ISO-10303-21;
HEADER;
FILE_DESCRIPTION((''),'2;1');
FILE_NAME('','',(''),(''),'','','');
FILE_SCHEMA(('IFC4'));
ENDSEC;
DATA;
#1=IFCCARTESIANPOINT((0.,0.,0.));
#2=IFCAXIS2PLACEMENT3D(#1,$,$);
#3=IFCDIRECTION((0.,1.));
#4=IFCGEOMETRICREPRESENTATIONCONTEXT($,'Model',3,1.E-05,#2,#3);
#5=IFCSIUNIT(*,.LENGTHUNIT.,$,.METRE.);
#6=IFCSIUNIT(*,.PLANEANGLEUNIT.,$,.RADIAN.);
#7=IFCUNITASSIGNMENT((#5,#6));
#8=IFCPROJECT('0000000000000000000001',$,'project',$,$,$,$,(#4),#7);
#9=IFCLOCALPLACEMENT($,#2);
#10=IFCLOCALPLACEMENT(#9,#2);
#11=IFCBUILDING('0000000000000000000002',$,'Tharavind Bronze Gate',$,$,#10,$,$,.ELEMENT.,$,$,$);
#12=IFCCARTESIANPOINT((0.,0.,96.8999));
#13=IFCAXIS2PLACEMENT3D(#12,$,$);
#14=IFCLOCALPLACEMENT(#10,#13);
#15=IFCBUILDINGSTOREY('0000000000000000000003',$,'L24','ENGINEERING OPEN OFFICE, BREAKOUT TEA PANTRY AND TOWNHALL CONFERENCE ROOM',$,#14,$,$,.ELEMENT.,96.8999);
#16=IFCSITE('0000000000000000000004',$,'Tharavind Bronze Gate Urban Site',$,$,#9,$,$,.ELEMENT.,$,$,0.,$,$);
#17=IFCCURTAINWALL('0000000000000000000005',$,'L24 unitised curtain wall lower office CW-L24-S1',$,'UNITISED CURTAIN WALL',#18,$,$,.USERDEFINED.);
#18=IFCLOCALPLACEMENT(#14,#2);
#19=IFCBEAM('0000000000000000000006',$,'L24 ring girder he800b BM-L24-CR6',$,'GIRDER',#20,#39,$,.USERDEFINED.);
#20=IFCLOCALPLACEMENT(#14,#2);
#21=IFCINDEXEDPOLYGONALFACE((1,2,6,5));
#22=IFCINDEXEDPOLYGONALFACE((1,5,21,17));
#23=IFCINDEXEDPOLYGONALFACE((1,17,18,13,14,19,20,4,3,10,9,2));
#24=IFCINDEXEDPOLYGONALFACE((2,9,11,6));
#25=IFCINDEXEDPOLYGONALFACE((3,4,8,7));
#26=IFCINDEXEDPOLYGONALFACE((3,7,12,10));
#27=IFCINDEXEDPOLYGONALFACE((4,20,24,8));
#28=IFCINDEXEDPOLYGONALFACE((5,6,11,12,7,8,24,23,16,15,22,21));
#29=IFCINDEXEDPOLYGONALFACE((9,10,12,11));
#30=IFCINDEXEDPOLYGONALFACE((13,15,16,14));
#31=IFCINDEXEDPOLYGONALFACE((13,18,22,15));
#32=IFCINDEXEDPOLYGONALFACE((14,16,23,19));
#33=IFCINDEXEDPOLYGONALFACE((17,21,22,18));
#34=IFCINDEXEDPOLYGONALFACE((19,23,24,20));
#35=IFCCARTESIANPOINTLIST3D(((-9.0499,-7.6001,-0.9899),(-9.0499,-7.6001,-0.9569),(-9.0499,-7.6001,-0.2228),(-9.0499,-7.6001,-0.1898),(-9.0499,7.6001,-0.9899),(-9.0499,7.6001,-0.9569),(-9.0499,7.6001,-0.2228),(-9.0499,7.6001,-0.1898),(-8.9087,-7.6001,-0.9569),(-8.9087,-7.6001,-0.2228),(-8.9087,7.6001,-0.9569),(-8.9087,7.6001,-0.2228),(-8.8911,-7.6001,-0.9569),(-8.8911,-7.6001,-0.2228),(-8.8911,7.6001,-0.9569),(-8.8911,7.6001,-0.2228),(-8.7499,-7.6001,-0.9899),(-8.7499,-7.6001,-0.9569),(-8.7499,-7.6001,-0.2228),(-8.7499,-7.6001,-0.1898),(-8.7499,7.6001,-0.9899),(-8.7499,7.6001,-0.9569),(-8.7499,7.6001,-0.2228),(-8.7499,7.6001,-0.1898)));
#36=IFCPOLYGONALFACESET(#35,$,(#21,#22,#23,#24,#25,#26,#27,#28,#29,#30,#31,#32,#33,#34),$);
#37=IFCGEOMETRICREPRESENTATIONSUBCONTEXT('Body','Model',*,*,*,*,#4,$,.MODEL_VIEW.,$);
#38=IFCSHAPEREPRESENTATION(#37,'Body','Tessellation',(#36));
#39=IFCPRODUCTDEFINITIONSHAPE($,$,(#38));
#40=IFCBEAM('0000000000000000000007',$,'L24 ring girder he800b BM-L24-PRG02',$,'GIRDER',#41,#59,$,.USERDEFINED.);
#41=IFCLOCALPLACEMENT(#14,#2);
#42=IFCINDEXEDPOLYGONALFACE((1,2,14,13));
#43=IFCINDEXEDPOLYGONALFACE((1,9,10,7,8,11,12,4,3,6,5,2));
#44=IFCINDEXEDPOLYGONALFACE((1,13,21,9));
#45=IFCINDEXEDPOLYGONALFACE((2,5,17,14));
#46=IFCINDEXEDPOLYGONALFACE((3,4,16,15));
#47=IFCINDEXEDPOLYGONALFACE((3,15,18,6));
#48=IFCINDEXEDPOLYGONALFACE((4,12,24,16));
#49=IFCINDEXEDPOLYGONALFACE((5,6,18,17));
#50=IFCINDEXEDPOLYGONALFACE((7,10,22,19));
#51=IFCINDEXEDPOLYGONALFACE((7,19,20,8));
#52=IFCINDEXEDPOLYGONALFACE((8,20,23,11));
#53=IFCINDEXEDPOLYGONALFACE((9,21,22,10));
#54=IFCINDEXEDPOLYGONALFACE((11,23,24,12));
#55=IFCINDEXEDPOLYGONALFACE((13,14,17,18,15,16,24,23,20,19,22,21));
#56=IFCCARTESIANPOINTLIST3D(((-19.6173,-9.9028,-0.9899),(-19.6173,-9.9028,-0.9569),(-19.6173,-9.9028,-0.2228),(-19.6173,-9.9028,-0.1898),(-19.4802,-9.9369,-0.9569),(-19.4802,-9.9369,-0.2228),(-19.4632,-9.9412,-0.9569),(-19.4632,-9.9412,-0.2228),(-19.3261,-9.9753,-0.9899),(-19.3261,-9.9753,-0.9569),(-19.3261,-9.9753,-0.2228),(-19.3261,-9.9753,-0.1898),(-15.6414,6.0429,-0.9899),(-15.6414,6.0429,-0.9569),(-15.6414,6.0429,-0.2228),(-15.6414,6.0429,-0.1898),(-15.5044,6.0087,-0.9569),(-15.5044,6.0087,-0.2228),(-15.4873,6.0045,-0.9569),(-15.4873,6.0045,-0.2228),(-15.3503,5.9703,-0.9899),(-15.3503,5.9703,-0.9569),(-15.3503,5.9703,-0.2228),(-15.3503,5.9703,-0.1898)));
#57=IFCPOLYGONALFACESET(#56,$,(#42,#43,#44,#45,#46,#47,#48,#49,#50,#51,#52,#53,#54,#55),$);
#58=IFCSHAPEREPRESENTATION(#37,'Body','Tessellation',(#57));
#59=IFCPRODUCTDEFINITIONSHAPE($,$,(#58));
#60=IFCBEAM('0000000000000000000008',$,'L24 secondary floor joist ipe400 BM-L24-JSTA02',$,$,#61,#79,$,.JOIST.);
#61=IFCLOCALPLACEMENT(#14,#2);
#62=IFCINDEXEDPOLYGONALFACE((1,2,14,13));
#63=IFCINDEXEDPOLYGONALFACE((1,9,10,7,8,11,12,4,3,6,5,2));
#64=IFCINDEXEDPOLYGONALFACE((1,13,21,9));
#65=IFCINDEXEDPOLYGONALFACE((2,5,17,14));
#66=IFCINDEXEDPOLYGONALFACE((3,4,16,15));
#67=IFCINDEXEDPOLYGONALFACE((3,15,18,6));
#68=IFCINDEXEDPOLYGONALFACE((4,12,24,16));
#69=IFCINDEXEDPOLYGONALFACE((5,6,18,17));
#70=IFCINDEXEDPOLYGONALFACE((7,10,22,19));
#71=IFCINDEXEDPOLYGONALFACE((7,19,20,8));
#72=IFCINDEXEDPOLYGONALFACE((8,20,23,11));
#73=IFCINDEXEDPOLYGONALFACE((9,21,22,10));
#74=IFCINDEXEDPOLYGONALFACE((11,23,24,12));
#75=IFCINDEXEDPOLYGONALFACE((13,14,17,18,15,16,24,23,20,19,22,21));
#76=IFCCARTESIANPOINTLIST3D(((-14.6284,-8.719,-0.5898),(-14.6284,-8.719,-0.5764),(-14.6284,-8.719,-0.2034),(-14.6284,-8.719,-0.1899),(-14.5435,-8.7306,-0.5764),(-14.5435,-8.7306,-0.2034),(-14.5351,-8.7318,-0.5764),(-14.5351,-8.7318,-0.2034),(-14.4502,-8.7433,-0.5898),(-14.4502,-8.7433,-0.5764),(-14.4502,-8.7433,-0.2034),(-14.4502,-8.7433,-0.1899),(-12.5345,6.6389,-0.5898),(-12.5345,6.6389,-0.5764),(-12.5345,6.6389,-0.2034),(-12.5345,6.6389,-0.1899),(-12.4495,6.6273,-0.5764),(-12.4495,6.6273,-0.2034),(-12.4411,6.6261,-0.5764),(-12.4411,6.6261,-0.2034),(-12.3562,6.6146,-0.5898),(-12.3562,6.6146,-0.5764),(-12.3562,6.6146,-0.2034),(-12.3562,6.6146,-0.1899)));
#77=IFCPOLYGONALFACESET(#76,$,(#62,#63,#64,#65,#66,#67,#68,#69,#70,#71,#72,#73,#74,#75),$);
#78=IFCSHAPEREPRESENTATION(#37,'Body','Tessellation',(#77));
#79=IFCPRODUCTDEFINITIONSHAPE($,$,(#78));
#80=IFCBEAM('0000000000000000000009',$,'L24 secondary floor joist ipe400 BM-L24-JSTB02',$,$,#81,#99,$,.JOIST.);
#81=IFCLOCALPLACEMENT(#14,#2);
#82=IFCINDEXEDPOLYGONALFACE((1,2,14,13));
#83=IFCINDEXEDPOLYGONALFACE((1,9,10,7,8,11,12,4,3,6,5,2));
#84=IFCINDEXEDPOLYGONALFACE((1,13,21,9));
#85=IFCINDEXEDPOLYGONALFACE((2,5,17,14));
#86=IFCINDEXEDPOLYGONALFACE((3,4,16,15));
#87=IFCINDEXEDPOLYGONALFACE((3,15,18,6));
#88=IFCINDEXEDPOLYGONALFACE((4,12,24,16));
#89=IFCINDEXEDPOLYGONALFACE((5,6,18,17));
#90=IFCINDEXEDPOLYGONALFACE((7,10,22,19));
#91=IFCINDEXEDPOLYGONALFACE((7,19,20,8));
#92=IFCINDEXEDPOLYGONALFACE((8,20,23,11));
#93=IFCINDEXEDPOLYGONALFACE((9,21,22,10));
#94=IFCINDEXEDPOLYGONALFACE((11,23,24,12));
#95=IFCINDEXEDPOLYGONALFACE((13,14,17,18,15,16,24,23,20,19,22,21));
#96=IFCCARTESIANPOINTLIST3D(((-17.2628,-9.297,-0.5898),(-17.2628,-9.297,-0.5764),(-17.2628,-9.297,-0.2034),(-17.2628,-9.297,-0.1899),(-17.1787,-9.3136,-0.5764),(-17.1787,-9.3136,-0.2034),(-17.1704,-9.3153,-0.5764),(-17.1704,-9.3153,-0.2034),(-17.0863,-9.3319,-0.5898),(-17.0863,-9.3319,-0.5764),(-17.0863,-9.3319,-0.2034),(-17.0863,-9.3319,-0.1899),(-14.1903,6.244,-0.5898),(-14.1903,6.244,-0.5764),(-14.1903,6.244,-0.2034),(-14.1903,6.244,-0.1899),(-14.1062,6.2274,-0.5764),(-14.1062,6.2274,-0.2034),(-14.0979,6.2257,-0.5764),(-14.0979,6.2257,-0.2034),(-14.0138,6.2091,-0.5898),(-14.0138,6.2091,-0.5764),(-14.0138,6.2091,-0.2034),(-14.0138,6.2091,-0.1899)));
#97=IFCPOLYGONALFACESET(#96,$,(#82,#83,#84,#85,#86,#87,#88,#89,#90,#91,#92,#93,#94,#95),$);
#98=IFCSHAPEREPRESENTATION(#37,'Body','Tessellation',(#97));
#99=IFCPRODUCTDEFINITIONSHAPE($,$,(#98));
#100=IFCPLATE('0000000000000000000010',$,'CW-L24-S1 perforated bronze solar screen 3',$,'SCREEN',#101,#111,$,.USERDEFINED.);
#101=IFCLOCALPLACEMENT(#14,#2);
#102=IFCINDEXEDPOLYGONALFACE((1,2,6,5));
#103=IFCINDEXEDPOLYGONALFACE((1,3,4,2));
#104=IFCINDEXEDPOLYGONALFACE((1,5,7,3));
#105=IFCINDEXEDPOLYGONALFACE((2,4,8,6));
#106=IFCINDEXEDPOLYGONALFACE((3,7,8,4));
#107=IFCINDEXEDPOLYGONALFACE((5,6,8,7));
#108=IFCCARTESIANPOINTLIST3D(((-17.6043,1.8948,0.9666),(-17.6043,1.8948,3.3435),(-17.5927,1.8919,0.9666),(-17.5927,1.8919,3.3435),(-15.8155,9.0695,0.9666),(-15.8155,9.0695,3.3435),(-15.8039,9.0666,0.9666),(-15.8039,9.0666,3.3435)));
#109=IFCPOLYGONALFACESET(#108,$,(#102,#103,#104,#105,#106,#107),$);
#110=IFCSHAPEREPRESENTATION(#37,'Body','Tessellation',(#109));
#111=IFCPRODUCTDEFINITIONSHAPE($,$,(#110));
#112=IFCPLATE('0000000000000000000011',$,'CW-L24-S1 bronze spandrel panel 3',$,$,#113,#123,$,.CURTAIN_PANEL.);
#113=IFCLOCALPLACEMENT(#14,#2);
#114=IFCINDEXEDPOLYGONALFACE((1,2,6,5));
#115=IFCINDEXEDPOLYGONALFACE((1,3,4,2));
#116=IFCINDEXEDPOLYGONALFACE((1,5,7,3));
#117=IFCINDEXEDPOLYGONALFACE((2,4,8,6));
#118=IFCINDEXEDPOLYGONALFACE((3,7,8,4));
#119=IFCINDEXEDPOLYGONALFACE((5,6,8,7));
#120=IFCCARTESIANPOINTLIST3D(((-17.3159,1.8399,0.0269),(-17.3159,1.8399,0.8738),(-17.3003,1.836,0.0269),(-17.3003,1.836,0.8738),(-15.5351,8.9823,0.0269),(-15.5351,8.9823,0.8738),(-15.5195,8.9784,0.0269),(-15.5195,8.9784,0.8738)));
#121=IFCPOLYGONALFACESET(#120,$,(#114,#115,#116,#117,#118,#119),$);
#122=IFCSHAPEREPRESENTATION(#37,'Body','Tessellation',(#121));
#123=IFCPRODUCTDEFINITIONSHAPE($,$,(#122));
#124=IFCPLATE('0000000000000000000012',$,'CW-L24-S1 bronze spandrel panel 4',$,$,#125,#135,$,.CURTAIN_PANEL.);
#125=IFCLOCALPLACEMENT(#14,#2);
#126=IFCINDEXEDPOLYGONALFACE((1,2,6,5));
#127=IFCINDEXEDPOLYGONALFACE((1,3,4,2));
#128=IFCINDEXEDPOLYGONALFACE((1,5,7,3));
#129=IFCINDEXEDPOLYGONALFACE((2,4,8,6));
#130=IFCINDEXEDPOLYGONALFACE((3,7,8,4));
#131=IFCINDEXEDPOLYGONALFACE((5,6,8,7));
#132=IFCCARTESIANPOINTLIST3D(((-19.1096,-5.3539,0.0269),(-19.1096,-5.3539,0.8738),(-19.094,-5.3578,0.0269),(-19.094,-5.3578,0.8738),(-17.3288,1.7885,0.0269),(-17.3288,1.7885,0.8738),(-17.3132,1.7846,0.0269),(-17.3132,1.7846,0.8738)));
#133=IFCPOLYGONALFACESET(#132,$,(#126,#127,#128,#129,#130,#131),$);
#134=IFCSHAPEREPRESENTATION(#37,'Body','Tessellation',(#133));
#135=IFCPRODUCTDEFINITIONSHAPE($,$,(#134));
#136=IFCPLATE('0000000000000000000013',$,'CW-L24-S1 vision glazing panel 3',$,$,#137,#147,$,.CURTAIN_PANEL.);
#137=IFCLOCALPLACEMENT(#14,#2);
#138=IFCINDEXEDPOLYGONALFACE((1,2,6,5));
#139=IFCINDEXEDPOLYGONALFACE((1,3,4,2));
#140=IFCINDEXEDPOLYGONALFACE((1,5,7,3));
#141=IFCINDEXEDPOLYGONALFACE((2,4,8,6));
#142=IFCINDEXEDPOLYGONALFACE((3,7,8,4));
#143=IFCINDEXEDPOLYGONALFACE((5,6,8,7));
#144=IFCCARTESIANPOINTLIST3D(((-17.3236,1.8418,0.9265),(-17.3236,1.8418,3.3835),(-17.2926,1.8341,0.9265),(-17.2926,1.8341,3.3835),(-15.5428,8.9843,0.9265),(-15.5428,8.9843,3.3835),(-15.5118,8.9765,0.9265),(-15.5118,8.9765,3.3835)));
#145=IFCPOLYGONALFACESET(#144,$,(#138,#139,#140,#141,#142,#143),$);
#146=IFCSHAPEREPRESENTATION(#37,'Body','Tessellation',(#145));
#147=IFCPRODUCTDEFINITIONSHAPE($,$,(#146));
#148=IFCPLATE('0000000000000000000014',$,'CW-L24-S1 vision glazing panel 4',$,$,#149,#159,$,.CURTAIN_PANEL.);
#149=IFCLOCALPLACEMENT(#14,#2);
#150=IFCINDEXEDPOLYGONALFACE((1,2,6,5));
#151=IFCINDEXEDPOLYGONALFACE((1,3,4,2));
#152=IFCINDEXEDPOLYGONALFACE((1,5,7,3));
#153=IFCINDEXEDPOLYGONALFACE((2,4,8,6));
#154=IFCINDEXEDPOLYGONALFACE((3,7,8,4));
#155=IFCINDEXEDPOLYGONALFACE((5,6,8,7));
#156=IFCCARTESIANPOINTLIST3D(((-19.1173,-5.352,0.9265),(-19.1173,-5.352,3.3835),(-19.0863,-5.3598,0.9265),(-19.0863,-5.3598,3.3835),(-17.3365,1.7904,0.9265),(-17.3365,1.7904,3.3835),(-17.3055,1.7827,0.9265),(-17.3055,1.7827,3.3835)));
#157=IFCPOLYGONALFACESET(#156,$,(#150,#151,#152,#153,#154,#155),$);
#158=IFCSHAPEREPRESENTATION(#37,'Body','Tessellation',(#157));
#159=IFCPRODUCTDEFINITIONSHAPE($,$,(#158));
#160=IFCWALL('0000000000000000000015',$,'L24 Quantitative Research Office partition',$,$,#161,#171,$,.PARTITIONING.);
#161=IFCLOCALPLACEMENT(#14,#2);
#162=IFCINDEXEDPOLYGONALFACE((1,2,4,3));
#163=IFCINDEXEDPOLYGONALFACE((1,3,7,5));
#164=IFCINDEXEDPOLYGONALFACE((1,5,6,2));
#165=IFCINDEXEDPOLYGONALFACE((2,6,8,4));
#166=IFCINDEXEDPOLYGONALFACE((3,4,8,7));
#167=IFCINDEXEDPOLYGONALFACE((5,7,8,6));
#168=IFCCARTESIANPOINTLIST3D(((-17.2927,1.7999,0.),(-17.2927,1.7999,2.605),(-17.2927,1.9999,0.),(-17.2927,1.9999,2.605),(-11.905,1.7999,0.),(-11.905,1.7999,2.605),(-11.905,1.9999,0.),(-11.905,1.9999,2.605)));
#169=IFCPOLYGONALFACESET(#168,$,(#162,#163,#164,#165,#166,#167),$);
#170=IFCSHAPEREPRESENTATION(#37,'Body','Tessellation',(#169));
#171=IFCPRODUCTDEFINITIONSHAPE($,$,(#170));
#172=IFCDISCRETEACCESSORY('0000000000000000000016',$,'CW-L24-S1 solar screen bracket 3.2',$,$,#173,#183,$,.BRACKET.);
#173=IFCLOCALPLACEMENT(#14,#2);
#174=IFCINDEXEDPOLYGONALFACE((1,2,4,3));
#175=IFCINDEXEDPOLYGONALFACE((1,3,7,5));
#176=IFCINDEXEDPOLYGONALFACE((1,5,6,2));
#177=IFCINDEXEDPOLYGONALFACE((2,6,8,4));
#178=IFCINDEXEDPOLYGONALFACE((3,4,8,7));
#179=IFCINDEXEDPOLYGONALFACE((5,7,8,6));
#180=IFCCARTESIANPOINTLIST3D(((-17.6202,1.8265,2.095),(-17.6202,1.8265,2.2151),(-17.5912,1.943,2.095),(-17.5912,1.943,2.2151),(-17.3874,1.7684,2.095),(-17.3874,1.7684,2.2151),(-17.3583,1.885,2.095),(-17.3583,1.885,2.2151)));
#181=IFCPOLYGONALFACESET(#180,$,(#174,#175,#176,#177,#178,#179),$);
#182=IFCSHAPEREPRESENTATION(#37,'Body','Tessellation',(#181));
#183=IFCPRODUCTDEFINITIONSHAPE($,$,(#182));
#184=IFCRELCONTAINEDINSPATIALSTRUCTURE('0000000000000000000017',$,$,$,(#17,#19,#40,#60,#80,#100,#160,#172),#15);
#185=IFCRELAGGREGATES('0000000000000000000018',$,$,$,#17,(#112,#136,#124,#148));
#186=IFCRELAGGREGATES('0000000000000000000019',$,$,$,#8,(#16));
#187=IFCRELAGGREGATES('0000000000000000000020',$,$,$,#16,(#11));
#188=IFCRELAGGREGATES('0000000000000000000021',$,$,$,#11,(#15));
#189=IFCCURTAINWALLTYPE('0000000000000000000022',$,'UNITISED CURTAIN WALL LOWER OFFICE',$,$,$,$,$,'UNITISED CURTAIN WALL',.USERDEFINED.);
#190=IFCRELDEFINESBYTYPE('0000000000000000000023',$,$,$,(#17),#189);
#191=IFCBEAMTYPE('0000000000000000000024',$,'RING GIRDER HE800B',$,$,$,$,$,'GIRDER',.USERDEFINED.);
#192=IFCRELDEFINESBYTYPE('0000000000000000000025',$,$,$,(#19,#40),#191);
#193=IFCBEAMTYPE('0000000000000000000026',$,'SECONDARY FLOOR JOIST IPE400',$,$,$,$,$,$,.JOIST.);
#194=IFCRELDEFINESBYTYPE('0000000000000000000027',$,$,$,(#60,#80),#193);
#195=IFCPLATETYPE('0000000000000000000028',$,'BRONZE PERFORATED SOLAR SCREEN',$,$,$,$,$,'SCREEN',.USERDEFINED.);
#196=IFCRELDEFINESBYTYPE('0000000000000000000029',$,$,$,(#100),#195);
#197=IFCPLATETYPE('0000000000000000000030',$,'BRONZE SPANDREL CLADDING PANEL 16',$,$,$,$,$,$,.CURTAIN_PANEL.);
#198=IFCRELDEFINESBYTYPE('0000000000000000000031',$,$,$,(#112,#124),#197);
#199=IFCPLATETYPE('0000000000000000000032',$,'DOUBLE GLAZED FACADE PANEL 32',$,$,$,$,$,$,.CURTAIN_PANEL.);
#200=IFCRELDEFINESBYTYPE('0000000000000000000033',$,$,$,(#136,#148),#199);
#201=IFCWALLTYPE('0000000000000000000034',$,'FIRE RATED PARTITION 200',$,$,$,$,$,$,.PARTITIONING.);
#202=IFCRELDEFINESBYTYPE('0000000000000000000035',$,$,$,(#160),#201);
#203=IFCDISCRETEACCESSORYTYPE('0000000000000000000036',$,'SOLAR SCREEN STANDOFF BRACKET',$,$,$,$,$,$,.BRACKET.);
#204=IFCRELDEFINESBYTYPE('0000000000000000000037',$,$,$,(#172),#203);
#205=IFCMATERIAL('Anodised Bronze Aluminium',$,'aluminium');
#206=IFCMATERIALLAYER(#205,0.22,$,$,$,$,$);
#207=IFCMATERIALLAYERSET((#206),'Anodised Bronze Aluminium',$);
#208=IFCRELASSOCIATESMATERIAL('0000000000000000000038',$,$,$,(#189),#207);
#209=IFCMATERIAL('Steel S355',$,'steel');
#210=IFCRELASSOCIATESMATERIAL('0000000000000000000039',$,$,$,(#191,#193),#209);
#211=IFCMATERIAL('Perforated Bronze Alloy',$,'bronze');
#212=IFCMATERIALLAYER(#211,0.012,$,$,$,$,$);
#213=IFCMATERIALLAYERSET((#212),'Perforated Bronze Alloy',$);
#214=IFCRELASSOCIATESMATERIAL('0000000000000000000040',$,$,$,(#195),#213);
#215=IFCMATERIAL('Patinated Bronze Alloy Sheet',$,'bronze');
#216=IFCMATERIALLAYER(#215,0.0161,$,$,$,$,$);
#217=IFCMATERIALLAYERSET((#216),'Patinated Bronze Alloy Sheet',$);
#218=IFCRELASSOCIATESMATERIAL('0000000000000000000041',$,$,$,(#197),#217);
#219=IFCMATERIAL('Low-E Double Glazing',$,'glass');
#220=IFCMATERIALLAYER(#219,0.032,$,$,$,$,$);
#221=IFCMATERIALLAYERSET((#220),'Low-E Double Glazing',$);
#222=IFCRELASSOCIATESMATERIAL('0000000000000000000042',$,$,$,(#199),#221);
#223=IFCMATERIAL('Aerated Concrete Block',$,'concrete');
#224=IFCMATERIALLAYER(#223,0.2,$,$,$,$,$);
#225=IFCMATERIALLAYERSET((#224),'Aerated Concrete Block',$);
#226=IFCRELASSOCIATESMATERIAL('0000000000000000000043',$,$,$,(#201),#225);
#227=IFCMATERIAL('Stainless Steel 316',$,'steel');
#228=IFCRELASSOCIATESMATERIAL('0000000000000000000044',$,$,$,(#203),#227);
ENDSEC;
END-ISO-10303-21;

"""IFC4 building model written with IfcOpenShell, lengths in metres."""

from ifc_helpers import new_model, si_unit, direction, frame, frame_2d, origin, origin_2d, place, context, subcontext, project, spatial, rectangle, i_section, extrude, material, layer, layer_set, material_profile, profile_set, type_object, element, aggregate, save


model = new_model("IFC4")

# Units and contexts
model_context = context("Model", 3, precision=1e-05, world=origin(), true_north=direction((0.0, 1.0)))
body_context = subcontext(model_context, "Body", "Model", "MODEL_VIEW")
ifc_project = project(units=[si_unit("LENGTHUNIT", "METRE"), si_unit("PLANEANGLEUNIT", "RADIAN")], contexts=[model_context])

# Site, building, storey
site_placement = place(None, origin())
site = spatial("IfcSite", under=ifc_project, at=site_placement, Name="Tharavind Bronze Gate Urban Site", CompositionType="ELEMENT", RefElevation=0.0)
building_placement = place(site_placement, origin())
building = spatial("IfcBuilding", under=site, at=building_placement, Name="Tharavind Bronze Gate", CompositionType="ELEMENT")
storey_placement = place(building_placement, frame((0.0, 0.0, 96.8999)))
storey = spatial("IfcBuildingStorey", under=building, at=storey_placement, Name="L24", Description="ENGINEERING OPEN OFFICE, BREAKOUT TEA PANTRY AND TOWNHALL CONFERENCE ROOM", CompositionType="ELEMENT", Elevation=96.8999)

# Curtain wall
ifc_material_1 = material(Name="Anodised Bronze Aluminium", Category="aluminium")
ifc_layer_1 = layer(ifc_material_1, 0.22)
ifc_layer_set_1 = layer_set([ifc_layer_1], Name="Anodised Bronze Aluminium")
curtain_wall_type = type_object("IfcCurtainWallType", Name="UNITISED CURTAIN WALL LOWER OFFICE", ElementType="UNITISED CURTAIN WALL", PredefinedType="USERDEFINED", material=ifc_layer_set_1)
curtain_wall_placement = place(storey_placement, origin())
curtain_wall = element("IfcCurtainWall", 1, at=curtain_wall_placement, inside=storey, type_object=curtain_wall_type, Name="L24 unitised curtain wall lower office CW-L24-S1", ObjectType="UNITISED CURTAIN WALL", PredefinedType="USERDEFINED")

# Beams
ifc_material_2 = material(Name="Steel S355", Category="steel")
ifc_material_profile_1 = material_profile(ifc_material_2, i_section(OverallWidth=0.3, OverallDepth=0.8, WebThickness=0.0176, FlangeThickness=0.033, at=origin_2d()), Name="HE800B")
ifc_profile_set_1 = profile_set([ifc_material_profile_1], Name="Steel S355")
beam_type_1 = type_object("IfcBeamType", Name="RING GIRDER HE800B", ElementType="GIRDER", PredefinedType="USERDEFINED", material=ifc_profile_set_1)
beam_1_placement = place(storey_placement, frame((-8.8999, 7.6001, -0.5898), z_axis=(0.0, -1.0, 0.0), x_axis=(1.0, 0.0, 0.0)))
element("IfcBeam", 2, at=beam_1_placement, inside=storey, type_object=beam_type_1, Name="L24 ring girder he800b BM-L24-CR6", ObjectType="GIRDER", PredefinedType="USERDEFINED", context=body_context, shape_type="SweptSolid", body=[
    extrude(i_section(OverallWidth=0.3, OverallDepth=0.8, WebThickness=0.0176, FlangeThickness=0.033, at=origin_2d()), origin(), (0.0, 0.0, 1.0), 15.2002),
])
beam_2_placement = place(storey_placement, frame((-15.4958, 6.0066, -0.5898), z_axis=(-0.241931, -0.970293, 0.0), x_axis=(0.970293, -0.241931, 0.0)))
element("IfcBeam", 3, at=beam_2_placement, inside=storey, type_object=beam_type_1, Name="L24 ring girder he800b BM-L24-PRG02", ObjectType="GIRDER", PredefinedType="USERDEFINED", context=body_context, shape_type="SweptSolid", body=[
    extrude(i_section(OverallWidth=0.3, OverallDepth=0.8, WebThickness=0.0176, FlangeThickness=0.033, at=origin_2d()), origin(), (0.0, 0.0, 1.0), 16.4338),
])
ifc_material_profile_2 = material_profile(ifc_material_2, i_section(OverallWidth=0.1799, OverallDepth=0.3999, WebThickness=0.0085, FlangeThickness=0.0134, at=origin_2d()), Name="IPE400")
ifc_profile_set_2 = profile_set([ifc_material_profile_2], Name="Steel S355")
beam_type_2 = type_object("IfcBeamType", Name="SECONDARY FLOOR JOIST IPE400", PredefinedType="JOIST", material=ifc_profile_set_2)
beam_3_placement = place(storey_placement, frame((-12.4453, 6.6267, -0.3899), z_axis=(-0.135096, -0.990832, 0.0), x_axis=(0.990832, -0.135096, 0.0)))
element("IfcBeam", 4, at=beam_3_placement, inside=storey, type_object=beam_type_2, Name="L24 secondary floor joist ipe400 BM-L24-JSTA02", PredefinedType="JOIST", context=body_context, shape_type="SweptSolid", body=[
    extrude(i_section(OverallWidth=0.1799, OverallDepth=0.3999, WebThickness=0.0085, FlangeThickness=0.0134, at=origin_2d()), origin(), (0.0, 0.0, 1.0), 15.5),
])
beam_4_placement = place(storey_placement, frame((-14.1021, 6.2266, -0.3899), z_axis=(-0.193949, -0.981012, 0.0), x_axis=(0.981012, -0.193949, 0.0)))
element("IfcBeam", 5, at=beam_4_placement, inside=storey, type_object=beam_type_2, Name="L24 secondary floor joist ipe400 BM-L24-JSTB02", PredefinedType="JOIST", context=body_context, shape_type="SweptSolid", body=[
    extrude(i_section(OverallWidth=0.1799, OverallDepth=0.3999, WebThickness=0.0085, FlangeThickness=0.0134, at=origin_2d()), origin(), (0.0, 0.0, 1.0), 15.8418),
])

# Plates
ifc_material_3 = material(Name="Perforated Bronze Alloy", Category="bronze")
ifc_layer_2 = layer(ifc_material_3, 0.012)
ifc_layer_set_2 = layer_set([ifc_layer_2], Name="Perforated Bronze Alloy")
plate_type_1 = type_object("IfcPlateType", Name="BRONZE PERFORATED SOLAR SCREEN", ElementType="SCREEN", PredefinedType="USERDEFINED", material=ifc_layer_set_2)
plate_1_placement = place(storey_placement, frame((-16.7041, 5.4807, 0.9666), z_axis=(0.0, 0.0, 1.0), x_axis=(-0.241922, -0.970296, 0.0)))
element("IfcPlate", 6, at=plate_1_placement, inside=storey, type_object=plate_type_1, Name="CW-L24-S1 perforated bronze solar screen 3", ObjectType="SCREEN", PredefinedType="USERDEFINED", context=body_context, shape_type="SweptSolid", body=[
    extrude(rectangle(XDim=7.3943, YDim=0.012, at=origin_2d()), origin(), (0.0, 0.0, 1.0), 2.377),
])
ifc_material_4 = material(Name="Patinated Bronze Alloy Sheet", Category="bronze")
ifc_layer_3 = layer(ifc_material_4, 0.0161)
ifc_layer_set_3 = layer_set([ifc_layer_3], Name="Patinated Bronze Alloy Sheet")
plate_type_2 = type_object("IfcPlateType", Name="BRONZE SPANDREL CLADDING PANEL 16", PredefinedType="CURTAIN_PANEL", material=ifc_layer_set_3)
plate_2_placement = place(storey_placement, frame((-16.4177, 5.4092, 0.0269), z_axis=(0.0, 0.0, 1.0), x_axis=(-0.241922, -0.970296, 0.0)))
plate_2 = element("IfcPlate", 7, at=plate_2_placement, type_object=plate_type_2, Name="CW-L24-S1 bronze spandrel panel 3", PredefinedType="CURTAIN_PANEL", context=body_context, shape_type="SweptSolid", body=[
    extrude(rectangle(XDim=7.3611, YDim=0.0161, at=origin_2d()), origin(), (0.0, 0.0, 1.0), 0.8469),
])
plate_3_placement = place(storey_placement, frame((-18.2114, -1.7847, 0.0269), z_axis=(0.0, 0.0, 1.0), x_axis=(-0.241922, -0.970296, 0.0)))
plate_3 = element("IfcPlate", 8, at=plate_3_placement, type_object=plate_type_2, Name="CW-L24-S1 bronze spandrel panel 4", PredefinedType="CURTAIN_PANEL", context=body_context, shape_type="SweptSolid", body=[
    extrude(rectangle(XDim=7.3611, YDim=0.0161, at=origin_2d()), origin(), (0.0, 0.0, 1.0), 0.8469),
])
ifc_material_5 = material(Name="Low-E Double Glazing", Category="glass")
ifc_layer_4 = layer(ifc_material_5, 0.032)
ifc_layer_set_4 = layer_set([ifc_layer_4], Name="Low-E Double Glazing")
plate_type_3 = type_object("IfcPlateType", Name="DOUBLE GLAZED FACADE PANEL 32", PredefinedType="CURTAIN_PANEL", material=ifc_layer_set_4)
plate_4_placement = place(storey_placement, frame((-16.4177, 5.4092, 0.9265), z_axis=(0.0, 0.0, 1.0), x_axis=(-0.241922, -0.970296, 0.0)))
plate_4 = element("IfcPlate", 9, at=plate_4_placement, type_object=plate_type_3, Name="CW-L24-S1 vision glazing panel 3", PredefinedType="CURTAIN_PANEL", context=body_context, shape_type="SweptSolid", body=[
    extrude(rectangle(XDim=7.3611, YDim=0.032, at=origin_2d()), origin(), (0.0, 0.0, 1.0), 2.457),
])
plate_5_placement = place(storey_placement, frame((-18.2114, -1.7847, 0.9265), z_axis=(0.0, 0.0, 1.0), x_axis=(-0.241922, -0.970296, 0.0)))
plate_5 = element("IfcPlate", 10, at=plate_5_placement, type_object=plate_type_3, Name="CW-L24-S1 vision glazing panel 4", PredefinedType="CURTAIN_PANEL", context=body_context, shape_type="SweptSolid", body=[
    extrude(rectangle(XDim=7.3611, YDim=0.032, at=origin_2d()), origin(), (0.0, 0.0, 1.0), 2.457),
])
aggregate(curtain_wall, [plate_2, plate_4, plate_3, plate_5])

# Wall
ifc_material_6 = material(Name="Aerated Concrete Block", Category="concrete")
ifc_layer_5 = layer(ifc_material_6, 0.2)
ifc_layer_set_5 = layer_set([ifc_layer_5], Name="Aerated Concrete Block")
wall_type = type_object("IfcWallType", Name="FIRE RATED PARTITION 200", PredefinedType="PARTITIONING", material=ifc_layer_set_5)
wall_placement = place(storey_placement, frame((-11.905, 1.8999, 0.0), z_axis=(0.0, 0.0, 1.0), x_axis=(-1.0, 0.0, 0.0)))
element("IfcWall", 11, at=wall_placement, inside=storey, type_object=wall_type, Name="L24 Quantitative Research Office partition", PredefinedType="PARTITIONING", context=body_context, shape_type="SweptSolid", body=[
    extrude(rectangle(XDim=5.3877, YDim=0.2, at=frame_2d((2.6938, 0.0))), origin(), (0.0, 0.0, 1.0), 2.605),
])

# Discrete accessory
ifc_material_7 = material(Name="Stainless Steel 316", Category="steel")
discrete_accessory_type = type_object("IfcDiscreteAccessoryType", Name="SOLAR SCREEN STANDOFF BRACKET", PredefinedType="BRACKET", material=ifc_material_7)
discrete_accessory_placement = place(storey_placement, frame((-17.4893, 1.8557, 2.095), z_axis=(0.0, 0.0, 1.0), x_axis=(-0.241922, -0.970296, 0.0)))
element("IfcDiscreteAccessory", 12, at=discrete_accessory_placement, inside=storey, type_object=discrete_accessory_type, Name="CW-L24-S1 solar screen bracket 3.2", PredefinedType="BRACKET", context=body_context, shape_type="SweptSolid", body=[
    extrude(rectangle(XDim=0.1201, YDim=0.24, at=origin_2d()), origin(), (0.0, 0.0, 1.0), 0.1201),
])

save(model, "model.ifc")
